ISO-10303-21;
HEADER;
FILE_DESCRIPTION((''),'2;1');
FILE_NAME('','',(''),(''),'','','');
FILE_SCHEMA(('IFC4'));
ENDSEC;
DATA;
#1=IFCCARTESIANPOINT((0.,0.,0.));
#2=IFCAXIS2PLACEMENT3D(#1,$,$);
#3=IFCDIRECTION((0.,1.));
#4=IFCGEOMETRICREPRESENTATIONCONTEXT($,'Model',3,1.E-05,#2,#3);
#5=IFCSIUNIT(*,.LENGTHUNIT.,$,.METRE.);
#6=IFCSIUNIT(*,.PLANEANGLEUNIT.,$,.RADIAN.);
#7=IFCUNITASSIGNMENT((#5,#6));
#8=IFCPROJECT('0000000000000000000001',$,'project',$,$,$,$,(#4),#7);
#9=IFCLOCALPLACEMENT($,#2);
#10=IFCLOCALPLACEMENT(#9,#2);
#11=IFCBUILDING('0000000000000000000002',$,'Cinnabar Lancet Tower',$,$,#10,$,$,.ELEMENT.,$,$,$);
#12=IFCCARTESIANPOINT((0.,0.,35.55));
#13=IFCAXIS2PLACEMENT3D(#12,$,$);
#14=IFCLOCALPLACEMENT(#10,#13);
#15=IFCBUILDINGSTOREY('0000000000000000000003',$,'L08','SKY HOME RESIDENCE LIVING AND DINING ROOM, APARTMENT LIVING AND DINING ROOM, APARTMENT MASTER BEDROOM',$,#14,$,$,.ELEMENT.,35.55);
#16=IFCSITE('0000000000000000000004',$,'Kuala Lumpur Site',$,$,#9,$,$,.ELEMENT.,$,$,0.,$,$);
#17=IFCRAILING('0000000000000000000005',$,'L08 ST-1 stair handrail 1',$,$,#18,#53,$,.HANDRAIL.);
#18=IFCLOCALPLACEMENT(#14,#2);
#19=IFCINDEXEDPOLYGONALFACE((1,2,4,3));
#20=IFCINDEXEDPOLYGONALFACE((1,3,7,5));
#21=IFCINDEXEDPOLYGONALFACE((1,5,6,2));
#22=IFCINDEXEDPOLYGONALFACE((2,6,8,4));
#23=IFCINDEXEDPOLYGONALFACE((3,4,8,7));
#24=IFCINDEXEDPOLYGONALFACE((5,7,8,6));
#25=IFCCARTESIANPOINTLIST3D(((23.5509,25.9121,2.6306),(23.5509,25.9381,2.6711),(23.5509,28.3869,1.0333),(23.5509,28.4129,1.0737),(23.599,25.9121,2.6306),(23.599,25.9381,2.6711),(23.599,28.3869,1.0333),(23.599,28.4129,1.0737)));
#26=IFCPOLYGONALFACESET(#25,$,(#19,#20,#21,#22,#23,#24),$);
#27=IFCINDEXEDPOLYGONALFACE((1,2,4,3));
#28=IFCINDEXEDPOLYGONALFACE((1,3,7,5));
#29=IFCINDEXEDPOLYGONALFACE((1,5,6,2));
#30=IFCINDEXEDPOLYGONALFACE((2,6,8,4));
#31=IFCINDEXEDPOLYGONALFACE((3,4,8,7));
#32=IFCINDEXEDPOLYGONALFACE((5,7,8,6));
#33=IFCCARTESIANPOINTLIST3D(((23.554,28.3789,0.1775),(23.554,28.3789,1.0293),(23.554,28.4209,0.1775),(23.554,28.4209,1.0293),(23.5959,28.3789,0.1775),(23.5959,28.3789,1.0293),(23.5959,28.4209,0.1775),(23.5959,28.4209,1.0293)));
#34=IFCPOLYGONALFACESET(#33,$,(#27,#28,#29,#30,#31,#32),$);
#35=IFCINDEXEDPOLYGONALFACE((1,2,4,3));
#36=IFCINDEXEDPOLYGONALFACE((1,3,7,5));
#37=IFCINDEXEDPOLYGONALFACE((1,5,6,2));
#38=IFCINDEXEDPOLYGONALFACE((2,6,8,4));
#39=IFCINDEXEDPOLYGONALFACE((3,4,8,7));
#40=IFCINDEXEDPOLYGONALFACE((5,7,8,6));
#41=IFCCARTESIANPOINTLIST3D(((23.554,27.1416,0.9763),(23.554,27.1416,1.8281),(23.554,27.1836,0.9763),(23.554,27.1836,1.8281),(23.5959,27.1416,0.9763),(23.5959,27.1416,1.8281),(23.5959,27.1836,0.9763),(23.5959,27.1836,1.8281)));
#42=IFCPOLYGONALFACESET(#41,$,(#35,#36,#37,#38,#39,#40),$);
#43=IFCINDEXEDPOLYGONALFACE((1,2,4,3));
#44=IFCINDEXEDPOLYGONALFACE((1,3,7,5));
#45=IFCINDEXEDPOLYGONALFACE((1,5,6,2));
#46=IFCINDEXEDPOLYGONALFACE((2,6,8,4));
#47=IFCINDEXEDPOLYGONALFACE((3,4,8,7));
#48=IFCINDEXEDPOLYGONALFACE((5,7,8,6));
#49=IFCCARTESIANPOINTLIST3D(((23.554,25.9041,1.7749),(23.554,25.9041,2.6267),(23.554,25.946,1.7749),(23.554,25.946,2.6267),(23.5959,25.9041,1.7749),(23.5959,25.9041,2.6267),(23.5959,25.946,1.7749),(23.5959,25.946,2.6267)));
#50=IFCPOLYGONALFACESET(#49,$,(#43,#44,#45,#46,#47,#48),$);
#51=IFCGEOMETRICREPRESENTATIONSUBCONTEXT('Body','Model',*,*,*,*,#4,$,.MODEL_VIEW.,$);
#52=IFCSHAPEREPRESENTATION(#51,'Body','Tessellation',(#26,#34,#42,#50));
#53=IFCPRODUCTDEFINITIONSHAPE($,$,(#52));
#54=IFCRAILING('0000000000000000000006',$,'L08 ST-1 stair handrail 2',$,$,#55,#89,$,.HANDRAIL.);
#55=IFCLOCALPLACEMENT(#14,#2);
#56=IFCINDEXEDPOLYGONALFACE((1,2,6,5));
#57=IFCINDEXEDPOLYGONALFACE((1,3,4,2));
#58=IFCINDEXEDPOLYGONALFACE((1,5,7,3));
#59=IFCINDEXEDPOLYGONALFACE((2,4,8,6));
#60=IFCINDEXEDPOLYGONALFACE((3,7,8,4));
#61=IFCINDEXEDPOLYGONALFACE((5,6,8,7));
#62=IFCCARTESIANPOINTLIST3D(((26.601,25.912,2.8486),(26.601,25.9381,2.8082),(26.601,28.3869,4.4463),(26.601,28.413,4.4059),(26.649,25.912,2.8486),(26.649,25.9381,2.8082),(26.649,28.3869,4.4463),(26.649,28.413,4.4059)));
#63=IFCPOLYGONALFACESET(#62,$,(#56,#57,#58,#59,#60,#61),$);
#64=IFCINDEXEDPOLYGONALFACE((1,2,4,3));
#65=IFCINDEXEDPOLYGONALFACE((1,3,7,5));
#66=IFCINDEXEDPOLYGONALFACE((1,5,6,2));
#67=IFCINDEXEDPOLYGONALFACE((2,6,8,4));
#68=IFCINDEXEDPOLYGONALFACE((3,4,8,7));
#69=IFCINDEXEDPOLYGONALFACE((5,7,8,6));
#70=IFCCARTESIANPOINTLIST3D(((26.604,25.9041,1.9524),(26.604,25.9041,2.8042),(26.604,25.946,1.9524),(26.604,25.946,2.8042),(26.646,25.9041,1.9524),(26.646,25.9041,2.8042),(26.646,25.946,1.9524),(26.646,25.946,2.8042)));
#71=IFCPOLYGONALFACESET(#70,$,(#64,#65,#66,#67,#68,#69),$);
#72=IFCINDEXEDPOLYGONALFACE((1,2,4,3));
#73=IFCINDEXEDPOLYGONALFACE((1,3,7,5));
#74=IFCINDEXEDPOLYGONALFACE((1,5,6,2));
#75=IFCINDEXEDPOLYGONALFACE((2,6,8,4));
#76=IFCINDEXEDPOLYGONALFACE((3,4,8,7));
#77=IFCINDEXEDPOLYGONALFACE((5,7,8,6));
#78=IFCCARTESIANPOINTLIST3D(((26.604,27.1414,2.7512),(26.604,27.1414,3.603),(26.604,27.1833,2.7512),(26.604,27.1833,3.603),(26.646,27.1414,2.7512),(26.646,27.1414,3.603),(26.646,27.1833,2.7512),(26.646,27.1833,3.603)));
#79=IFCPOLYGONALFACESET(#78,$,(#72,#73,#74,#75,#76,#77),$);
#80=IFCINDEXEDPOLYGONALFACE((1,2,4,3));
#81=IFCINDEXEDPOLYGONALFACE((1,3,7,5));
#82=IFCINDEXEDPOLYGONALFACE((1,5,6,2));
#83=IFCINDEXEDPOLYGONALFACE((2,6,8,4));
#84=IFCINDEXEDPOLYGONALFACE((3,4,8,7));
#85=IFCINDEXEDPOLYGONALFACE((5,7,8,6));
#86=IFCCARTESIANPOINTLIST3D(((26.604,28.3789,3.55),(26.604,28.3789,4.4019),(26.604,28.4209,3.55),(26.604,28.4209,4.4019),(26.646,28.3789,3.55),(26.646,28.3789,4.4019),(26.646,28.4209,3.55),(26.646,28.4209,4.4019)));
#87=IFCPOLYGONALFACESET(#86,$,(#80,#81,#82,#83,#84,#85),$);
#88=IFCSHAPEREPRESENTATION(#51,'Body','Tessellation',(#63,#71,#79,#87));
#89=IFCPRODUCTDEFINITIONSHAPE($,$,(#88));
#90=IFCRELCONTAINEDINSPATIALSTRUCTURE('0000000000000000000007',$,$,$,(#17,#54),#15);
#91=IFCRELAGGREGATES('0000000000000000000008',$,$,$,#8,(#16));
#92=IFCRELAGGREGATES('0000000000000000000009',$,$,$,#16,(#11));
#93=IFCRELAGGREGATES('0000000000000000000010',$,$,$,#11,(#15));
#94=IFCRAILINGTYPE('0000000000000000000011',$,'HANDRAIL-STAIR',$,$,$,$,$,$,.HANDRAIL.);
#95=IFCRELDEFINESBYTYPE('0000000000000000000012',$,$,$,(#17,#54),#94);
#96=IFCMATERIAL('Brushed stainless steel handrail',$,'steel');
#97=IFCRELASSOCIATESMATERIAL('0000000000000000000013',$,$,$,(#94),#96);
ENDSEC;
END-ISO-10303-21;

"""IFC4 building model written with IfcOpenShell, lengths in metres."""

from ifc_helpers import new_model, si_unit, direction, frame, origin, origin_2d, place, context, subcontext, project, spatial, rectangle, extrude, material, type_object, element, save


model = new_model("IFC4")

# Units and contexts
model_context = context("Model", 3, precision=1e-05, world=origin(), true_north=direction((0.0, 1.0)))
body_context = subcontext(model_context, "Body", "Model", "MODEL_VIEW")
ifc_project = project(units=[si_unit("LENGTHUNIT", "METRE"), si_unit("PLANEANGLEUNIT", "RADIAN")], contexts=[model_context])

# Site, building, storey
site_placement = place(None, origin())
site = spatial("IfcSite", under=ifc_project, at=site_placement, Name="Kuala Lumpur Site", CompositionType="ELEMENT", RefElevation=0.0)
building_placement = place(site_placement, origin())
building = spatial("IfcBuilding", under=site, at=building_placement, Name="Cinnabar Lancet Tower", CompositionType="ELEMENT")
storey_placement = place(building_placement, frame((0.0, 0.0, 35.55)))
storey = spatial("IfcBuildingStorey", under=building, at=storey_placement, Name="L08", Description="SKY HOME RESIDENCE LIVING AND DINING ROOM, APARTMENT LIVING AND DINING ROOM, APARTMENT MASTER BEDROOM", CompositionType="ELEMENT", Elevation=35.55)

# Railings
ifc_material_1 = material(Name="Brushed stainless steel handrail", Category="steel")
railing_type_1 = type_object("IfcRailingType", Name="HANDRAIL-STAIR", PredefinedType="HANDRAIL", material=ifc_material_1)
railing_1_placement = place(storey_placement, frame((23.575, 28.3999, 0.1775)))
element("IfcRailing", 1, at=railing_1_placement, inside=storey, type_object=railing_type_1, Name="L08 ST-1 stair handrail 1", PredefinedType="HANDRAIL", context=body_context, shape_type="SweptSolid", body=[
    extrude(rectangle(XDim=0.0481, YDim=0.0481, at=origin_2d()), frame((0.0, 0.0, 0.876), z_axis=(0.0, -0.840183, 0.542302), x_axis=(1.0, 0.0, 0.0)), (0.0, 0.0, 1.0), 2.9456),
    extrude(rectangle(XDim=0.042, YDim=0.042, at=origin_2d()), origin(), (0.0, 0.0, 1.0), 0.8518),
    extrude(rectangle(XDim=0.042, YDim=0.042, at=origin_2d()), frame((0.0, -1.2373, 0.7988)), (0.0, 0.0, 1.0), 0.8518),
    extrude(rectangle(XDim=0.042, YDim=0.042, at=origin_2d()), frame((0.0, -2.4749, 1.5974)), (0.0, 0.0, 1.0), 0.8518),
])
railing_2_placement = place(storey_placement, frame((26.625, 25.925, 1.9524)))
element("IfcRailing", 2, at=railing_2_placement, inside=storey, type_object=railing_type_1, Name="L08 ST-1 stair handrail 2", PredefinedType="HANDRAIL", context=body_context, shape_type="SweptSolid", body=[
    extrude(rectangle(XDim=0.0481, YDim=0.0481, at=origin_2d()), frame((0.0, 0.0, 0.876), z_axis=(0.0, 0.840146, 0.542361), x_axis=(-1.0, 0.0, 0.0)), (0.0, 0.0, 1.0), 2.9458),
    extrude(rectangle(XDim=0.042, YDim=0.042, at=origin_2d()), origin(), (0.0, 0.0, 1.0), 0.8518),
    extrude(rectangle(XDim=0.042, YDim=0.042, at=origin_2d()), frame((0.0, 1.2373, 0.7988)), (0.0, 0.0, 1.0), 0.8518),
    extrude(rectangle(XDim=0.042, YDim=0.042, at=origin_2d()), frame((0.0, 2.4749, 1.5977)), (0.0, 0.0, 1.0), 0.8518),
])

save(model, "model.ifc")
